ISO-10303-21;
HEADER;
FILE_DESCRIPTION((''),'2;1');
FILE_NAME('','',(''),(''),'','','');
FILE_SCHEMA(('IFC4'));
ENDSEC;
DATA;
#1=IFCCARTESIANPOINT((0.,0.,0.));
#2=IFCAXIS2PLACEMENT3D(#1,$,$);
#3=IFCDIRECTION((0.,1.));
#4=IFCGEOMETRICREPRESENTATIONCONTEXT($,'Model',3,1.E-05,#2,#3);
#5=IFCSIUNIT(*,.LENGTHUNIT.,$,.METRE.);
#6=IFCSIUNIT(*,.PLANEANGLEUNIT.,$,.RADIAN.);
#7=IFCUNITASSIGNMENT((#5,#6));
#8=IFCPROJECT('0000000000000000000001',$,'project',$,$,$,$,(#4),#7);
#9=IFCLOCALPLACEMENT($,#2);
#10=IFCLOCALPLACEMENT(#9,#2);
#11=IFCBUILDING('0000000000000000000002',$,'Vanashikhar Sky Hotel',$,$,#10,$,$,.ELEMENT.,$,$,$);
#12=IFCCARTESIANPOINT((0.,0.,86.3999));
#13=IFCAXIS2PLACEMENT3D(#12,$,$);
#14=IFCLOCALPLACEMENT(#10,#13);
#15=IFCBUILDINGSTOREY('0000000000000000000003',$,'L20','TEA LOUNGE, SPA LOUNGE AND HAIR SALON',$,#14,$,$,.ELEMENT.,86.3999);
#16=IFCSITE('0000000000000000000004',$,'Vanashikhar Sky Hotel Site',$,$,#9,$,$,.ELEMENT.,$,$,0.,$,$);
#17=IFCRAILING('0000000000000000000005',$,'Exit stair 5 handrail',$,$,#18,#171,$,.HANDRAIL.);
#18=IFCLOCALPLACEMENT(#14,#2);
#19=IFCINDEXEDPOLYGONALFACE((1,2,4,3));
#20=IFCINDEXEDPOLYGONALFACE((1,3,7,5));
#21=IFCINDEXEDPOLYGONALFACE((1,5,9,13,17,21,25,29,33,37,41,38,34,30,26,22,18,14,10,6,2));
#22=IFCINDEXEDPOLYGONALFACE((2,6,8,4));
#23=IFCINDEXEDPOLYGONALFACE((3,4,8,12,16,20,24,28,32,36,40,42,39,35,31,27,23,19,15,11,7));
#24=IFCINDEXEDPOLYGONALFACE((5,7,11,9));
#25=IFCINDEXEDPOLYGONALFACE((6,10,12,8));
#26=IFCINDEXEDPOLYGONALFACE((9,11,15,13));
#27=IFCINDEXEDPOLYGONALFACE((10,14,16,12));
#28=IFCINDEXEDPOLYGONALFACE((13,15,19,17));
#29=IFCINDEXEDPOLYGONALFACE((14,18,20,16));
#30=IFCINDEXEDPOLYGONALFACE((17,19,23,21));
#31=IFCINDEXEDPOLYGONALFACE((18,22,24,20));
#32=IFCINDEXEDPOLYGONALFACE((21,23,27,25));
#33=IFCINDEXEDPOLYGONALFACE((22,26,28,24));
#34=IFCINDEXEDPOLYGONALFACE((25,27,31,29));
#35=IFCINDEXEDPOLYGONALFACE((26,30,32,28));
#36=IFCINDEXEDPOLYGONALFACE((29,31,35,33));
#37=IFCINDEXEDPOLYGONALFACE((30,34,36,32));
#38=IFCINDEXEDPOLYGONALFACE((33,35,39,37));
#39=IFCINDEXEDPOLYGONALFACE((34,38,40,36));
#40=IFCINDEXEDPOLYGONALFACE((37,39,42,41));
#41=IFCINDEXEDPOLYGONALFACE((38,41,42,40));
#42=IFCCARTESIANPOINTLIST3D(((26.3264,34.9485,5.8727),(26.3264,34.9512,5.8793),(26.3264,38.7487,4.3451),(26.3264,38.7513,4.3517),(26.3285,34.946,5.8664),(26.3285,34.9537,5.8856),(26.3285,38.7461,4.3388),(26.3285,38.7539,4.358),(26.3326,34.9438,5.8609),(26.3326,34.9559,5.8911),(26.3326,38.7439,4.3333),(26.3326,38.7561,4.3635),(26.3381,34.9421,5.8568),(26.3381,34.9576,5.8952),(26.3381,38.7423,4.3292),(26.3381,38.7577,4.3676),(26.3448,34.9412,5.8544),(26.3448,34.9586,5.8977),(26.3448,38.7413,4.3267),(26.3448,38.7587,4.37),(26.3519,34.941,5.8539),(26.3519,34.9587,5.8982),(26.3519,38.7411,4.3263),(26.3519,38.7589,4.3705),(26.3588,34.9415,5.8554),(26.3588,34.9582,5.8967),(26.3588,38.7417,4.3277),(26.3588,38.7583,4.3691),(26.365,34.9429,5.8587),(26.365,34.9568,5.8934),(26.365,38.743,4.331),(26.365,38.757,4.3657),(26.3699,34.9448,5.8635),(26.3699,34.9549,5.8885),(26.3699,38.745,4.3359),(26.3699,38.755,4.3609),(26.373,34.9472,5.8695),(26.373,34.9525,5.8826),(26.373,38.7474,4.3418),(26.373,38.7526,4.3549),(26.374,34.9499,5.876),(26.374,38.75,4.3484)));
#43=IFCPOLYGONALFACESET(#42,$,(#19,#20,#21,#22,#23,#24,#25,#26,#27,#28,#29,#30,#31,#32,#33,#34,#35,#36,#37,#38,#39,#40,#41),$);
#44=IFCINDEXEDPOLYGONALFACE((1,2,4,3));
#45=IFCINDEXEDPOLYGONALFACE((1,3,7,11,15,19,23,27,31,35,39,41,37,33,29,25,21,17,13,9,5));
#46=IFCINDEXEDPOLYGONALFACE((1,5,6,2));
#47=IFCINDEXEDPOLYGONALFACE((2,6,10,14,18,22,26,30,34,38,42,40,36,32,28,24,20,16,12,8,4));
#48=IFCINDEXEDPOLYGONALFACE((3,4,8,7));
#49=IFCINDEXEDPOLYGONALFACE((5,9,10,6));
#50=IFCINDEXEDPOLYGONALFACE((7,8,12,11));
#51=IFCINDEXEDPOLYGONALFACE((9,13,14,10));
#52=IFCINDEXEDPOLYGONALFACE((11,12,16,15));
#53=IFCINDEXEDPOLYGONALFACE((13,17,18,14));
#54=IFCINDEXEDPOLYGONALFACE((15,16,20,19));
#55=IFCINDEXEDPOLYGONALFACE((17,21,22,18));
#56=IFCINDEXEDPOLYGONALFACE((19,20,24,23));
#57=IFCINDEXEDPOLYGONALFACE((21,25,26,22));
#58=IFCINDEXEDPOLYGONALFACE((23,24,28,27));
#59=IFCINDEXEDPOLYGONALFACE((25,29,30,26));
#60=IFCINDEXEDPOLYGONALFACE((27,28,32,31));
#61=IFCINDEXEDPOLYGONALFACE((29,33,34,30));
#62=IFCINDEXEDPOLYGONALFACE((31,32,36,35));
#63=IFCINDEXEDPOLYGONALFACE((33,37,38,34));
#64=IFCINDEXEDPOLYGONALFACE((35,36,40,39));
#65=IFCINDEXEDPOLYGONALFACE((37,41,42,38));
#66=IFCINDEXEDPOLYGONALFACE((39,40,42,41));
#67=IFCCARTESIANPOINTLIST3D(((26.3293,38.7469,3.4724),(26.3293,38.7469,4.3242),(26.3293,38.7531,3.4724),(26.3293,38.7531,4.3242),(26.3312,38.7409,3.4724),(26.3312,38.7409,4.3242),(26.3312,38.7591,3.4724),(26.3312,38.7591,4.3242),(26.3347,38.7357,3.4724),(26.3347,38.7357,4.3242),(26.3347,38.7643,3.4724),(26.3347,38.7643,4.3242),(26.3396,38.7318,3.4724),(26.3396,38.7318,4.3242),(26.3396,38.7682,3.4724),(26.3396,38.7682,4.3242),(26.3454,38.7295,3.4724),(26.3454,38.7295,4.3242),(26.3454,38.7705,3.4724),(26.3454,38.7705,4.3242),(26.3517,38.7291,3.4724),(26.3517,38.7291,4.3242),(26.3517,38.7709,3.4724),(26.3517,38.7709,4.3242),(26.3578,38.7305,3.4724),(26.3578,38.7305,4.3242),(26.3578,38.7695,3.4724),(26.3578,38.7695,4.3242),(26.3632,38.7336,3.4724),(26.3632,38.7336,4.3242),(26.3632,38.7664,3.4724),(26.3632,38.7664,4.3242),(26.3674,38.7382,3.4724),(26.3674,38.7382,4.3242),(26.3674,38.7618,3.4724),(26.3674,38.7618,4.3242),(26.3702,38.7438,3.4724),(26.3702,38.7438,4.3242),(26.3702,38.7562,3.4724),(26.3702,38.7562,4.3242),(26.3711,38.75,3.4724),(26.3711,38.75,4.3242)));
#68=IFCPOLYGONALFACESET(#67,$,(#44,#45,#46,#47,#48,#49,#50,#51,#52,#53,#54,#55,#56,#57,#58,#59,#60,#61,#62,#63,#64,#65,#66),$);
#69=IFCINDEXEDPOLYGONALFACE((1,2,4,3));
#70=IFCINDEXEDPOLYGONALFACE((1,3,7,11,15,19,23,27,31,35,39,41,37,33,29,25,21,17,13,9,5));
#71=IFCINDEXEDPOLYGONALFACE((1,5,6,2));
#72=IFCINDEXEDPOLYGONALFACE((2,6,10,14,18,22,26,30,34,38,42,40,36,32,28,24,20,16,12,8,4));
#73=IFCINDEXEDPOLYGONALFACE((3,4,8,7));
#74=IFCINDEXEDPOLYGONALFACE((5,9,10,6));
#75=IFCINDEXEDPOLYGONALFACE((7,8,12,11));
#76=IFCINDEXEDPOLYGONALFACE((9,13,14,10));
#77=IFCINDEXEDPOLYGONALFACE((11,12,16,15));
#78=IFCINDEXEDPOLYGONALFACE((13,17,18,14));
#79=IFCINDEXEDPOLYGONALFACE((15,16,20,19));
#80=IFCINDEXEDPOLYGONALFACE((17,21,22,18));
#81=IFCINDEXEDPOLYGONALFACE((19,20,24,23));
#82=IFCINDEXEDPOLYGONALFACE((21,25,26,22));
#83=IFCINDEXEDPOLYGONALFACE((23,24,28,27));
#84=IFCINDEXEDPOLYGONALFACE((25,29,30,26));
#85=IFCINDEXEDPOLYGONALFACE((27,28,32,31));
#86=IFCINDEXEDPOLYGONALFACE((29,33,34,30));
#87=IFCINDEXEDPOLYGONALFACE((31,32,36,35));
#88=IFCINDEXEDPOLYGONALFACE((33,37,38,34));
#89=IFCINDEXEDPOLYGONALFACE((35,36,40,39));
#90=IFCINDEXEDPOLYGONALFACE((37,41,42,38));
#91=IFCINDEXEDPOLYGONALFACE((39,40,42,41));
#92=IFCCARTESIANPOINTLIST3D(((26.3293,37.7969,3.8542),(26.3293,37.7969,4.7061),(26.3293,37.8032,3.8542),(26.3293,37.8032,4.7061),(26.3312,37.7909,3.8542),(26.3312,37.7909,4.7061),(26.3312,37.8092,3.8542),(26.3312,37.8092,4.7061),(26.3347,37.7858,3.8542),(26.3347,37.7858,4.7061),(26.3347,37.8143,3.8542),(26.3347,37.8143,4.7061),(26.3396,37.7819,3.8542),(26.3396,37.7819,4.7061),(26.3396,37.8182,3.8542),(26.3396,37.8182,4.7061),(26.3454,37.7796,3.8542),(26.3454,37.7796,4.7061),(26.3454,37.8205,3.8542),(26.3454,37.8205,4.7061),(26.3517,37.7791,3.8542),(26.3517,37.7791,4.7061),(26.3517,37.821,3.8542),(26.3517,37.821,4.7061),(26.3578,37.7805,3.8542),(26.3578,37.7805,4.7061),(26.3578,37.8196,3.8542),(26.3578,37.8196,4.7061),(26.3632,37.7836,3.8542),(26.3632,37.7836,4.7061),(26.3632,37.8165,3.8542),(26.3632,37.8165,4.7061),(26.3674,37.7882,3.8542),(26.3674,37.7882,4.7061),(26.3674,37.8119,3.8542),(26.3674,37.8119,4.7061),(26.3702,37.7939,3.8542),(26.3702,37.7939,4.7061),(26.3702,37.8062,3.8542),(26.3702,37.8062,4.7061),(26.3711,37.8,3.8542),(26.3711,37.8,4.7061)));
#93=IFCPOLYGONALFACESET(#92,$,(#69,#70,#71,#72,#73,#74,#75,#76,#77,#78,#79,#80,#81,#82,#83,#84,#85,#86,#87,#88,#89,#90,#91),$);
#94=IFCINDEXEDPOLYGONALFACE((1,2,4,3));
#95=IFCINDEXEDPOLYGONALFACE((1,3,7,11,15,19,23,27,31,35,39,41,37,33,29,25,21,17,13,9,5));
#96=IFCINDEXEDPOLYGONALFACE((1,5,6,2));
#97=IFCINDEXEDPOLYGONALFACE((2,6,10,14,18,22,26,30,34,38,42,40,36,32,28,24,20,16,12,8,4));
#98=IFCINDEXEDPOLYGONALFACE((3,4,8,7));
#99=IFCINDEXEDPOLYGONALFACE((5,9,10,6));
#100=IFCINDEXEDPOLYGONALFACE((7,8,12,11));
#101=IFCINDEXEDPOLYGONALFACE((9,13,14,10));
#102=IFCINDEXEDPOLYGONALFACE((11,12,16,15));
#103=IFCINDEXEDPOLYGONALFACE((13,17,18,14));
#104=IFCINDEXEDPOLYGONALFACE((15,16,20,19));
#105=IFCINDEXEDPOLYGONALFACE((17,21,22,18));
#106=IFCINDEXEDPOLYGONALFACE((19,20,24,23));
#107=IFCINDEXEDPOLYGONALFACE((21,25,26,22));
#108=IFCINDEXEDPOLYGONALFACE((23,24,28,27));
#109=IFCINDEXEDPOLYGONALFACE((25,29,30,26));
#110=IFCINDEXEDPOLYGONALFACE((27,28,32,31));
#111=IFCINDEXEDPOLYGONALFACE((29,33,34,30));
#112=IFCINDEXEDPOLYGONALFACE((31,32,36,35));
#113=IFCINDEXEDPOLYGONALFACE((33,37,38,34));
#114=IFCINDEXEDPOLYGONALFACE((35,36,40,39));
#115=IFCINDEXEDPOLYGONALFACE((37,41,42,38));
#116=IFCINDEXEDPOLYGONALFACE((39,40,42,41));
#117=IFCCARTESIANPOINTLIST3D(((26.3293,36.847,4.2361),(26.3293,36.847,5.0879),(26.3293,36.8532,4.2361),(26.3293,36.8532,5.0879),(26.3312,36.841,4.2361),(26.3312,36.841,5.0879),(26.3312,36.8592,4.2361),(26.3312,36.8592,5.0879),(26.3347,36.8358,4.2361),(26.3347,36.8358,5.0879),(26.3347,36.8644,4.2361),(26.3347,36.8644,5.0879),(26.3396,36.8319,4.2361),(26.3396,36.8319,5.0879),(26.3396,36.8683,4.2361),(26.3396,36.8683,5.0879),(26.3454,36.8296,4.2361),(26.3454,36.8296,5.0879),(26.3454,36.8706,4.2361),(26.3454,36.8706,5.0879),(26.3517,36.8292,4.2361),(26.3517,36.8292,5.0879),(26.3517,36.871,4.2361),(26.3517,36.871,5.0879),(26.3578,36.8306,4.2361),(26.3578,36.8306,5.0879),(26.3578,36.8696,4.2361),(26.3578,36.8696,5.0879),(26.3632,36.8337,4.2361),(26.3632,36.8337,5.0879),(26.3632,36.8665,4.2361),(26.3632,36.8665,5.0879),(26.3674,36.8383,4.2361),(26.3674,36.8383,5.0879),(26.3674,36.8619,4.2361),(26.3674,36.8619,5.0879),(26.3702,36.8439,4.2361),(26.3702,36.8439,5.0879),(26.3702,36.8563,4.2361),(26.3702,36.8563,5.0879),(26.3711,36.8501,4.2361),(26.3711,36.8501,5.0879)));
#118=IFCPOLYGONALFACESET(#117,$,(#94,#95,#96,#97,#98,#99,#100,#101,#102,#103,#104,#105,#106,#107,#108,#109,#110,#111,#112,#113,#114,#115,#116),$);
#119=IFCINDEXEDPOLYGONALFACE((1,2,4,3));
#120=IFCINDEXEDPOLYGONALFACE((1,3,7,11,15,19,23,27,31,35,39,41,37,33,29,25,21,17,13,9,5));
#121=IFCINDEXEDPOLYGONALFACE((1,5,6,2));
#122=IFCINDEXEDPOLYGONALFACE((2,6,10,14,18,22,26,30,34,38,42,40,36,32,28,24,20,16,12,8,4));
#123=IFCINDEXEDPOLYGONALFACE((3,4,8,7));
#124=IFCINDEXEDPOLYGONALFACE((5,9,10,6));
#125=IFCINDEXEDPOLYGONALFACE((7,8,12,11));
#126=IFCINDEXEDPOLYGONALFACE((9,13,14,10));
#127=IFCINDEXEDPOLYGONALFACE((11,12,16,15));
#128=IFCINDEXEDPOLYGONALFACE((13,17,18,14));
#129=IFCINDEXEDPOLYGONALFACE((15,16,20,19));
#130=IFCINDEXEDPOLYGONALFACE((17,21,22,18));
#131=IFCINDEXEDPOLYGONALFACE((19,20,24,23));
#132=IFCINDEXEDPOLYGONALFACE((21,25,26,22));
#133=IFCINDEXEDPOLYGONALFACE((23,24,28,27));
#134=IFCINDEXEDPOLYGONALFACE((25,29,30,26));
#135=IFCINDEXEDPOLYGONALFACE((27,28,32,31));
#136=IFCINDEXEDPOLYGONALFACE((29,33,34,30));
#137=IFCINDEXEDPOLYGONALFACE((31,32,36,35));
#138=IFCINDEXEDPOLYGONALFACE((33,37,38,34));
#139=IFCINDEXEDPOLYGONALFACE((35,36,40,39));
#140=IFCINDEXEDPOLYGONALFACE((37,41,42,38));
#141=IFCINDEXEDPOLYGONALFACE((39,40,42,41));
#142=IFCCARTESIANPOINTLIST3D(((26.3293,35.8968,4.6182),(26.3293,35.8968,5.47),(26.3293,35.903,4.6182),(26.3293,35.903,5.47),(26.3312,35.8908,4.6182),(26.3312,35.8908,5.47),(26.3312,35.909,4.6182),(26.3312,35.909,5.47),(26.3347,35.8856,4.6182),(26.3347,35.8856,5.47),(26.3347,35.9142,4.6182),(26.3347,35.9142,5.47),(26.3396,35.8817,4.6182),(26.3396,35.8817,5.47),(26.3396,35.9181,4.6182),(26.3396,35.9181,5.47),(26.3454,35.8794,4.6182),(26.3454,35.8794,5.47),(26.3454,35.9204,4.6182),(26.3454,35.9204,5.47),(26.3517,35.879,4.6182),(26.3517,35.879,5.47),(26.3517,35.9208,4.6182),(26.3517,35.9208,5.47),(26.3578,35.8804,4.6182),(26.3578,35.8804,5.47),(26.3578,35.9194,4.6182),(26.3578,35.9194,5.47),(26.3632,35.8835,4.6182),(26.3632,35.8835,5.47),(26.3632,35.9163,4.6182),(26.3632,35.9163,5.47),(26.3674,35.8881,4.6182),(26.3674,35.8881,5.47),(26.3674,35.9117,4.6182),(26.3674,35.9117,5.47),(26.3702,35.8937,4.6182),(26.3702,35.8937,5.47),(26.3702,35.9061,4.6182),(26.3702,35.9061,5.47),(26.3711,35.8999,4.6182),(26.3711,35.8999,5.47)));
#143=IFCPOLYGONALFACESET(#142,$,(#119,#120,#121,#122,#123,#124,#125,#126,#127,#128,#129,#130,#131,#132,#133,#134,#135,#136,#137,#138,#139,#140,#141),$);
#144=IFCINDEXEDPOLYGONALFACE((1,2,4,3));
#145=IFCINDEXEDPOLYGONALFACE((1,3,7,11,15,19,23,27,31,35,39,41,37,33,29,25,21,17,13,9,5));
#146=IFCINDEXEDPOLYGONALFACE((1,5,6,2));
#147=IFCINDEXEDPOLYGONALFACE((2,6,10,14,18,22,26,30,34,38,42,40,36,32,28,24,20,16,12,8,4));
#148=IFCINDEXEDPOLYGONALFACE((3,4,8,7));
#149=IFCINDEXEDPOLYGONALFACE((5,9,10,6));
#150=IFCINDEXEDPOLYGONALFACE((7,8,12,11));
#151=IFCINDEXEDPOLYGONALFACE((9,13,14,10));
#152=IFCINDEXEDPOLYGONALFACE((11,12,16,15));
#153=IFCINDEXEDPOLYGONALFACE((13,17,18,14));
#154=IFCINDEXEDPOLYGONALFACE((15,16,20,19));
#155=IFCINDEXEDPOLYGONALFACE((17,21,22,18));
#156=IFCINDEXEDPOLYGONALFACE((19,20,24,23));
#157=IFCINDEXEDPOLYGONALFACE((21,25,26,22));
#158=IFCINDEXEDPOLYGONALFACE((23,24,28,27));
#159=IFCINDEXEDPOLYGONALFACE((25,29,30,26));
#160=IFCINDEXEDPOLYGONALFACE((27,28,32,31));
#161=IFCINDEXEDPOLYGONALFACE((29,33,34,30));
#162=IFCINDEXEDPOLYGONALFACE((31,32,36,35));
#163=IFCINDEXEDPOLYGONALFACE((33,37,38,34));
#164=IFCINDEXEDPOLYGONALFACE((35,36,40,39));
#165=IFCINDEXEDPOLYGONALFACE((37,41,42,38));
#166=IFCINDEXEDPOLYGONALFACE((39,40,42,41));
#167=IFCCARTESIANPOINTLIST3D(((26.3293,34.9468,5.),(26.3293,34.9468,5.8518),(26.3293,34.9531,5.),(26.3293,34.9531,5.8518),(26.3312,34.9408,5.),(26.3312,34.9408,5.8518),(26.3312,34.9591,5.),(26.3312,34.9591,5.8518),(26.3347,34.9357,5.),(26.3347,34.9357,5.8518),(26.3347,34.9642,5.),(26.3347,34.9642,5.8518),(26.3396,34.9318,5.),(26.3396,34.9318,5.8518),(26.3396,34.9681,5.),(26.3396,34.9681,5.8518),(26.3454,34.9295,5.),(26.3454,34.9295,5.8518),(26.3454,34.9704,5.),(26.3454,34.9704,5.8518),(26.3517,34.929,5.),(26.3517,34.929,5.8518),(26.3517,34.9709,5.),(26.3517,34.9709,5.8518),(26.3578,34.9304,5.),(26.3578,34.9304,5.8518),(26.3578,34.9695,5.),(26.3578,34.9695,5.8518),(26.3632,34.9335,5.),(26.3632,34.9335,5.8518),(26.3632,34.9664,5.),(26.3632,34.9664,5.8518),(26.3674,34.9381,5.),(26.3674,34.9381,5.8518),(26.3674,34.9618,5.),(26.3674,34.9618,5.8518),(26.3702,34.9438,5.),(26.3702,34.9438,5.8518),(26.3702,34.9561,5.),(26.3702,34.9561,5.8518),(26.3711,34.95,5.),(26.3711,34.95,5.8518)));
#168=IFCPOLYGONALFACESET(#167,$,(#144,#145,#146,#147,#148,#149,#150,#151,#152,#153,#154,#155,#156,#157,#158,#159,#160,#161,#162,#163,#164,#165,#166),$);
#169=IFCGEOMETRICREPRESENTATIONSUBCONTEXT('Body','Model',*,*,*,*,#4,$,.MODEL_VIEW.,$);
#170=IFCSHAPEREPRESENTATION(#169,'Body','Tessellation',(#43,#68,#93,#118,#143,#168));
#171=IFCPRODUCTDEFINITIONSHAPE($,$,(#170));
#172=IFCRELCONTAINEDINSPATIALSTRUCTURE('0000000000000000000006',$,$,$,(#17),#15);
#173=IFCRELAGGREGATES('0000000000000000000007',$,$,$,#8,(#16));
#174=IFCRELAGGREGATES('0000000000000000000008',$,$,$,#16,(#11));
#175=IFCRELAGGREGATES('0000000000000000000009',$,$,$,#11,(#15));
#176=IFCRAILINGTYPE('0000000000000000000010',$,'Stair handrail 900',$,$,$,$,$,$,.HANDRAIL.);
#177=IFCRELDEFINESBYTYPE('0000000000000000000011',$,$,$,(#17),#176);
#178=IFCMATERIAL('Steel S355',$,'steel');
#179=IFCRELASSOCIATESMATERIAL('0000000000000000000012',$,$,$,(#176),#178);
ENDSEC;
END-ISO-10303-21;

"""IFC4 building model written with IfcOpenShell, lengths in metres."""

from ifc_helpers import new_model, si_unit, direction, frame, origin, origin_2d, place, context, subcontext, project, spatial, circle, extrude, source, transform, mapped, material, type_object, element, save


model = new_model("IFC4")

# Units and contexts
model_context = context("Model", 3, precision=1e-05, world=origin(), true_north=direction((0.0, 1.0)))
body_context = subcontext(model_context, "Body", "Model", "MODEL_VIEW")
ifc_project = project(units=[si_unit("LENGTHUNIT", "METRE"), si_unit("PLANEANGLEUNIT", "RADIAN")], contexts=[model_context])

# Site, building, storey
site_placement = place(None, origin())
site = spatial("IfcSite", under=ifc_project, at=site_placement, Name="Vanashikhar Sky Hotel Site", CompositionType="ELEMENT", RefElevation=0.0)
building_placement = place(site_placement, origin())
building = spatial("IfcBuilding", under=site, at=building_placement, Name="Vanashikhar Sky Hotel", CompositionType="ELEMENT")
storey_placement = place(building_placement, frame((0.0, 0.0, 86.3999)))
storey = spatial("IfcBuildingStorey", under=building, at=storey_placement, Name="L20", Description="TEA LOUNGE, SPA LOUNGE AND HAIR SALON", CompositionType="ELEMENT", Elevation=86.3999)

# Railing
ifc_material_1 = material(Name="Steel S355", Category="steel")
railing_type_1 = type_object("IfcRailingType", Name="Stair handrail 900", PredefinedType="HANDRAIL", material=ifc_material_1)
shared_shape_1 = source(origin(), body_context, "Body", "SweptSolid", [
    extrude(circle(Radius=0.0239, at=origin_2d()), frame((0.0, 0.0, 0.876), z_axis=(0.0, -0.927838, 0.372983), x_axis=(1.0, 0.0, 0.0)), (0.0, 0.0, 1.0), 4.0957),
    extrude(circle(Radius=0.021, at=origin_2d()), origin(), (0.0, 0.0, 1.0), 0.8518),
    extrude(circle(Radius=0.021, at=origin_2d()), frame((0.0, -0.95, 0.3818)), (0.0, 0.0, 1.0), 0.8518),
    extrude(circle(Radius=0.021, at=origin_2d()), frame((0.0, -1.8999, 0.7637)), (0.0, 0.0, 1.0), 0.8518),
    extrude(circle(Radius=0.021, at=origin_2d()), frame((0.0, -2.8501, 1.1458)), (0.0, 0.0, 1.0), 0.8518),
    extrude(circle(Radius=0.021, at=origin_2d()), frame((0.0, -3.8, 1.5276)), (0.0, 0.0, 1.0), 0.8518),
])
for number, where, name in (
    (1, (26.3501, 38.75, 3.4724), "Exit stair 5 handrail"),
):
    element("IfcRailing", number, at=place(storey_placement, frame(where)), inside=storey, type_object=railing_type_1, Name=name, PredefinedType="HANDRAIL", context=body_context, shape_type="MappedRepresentation", body=[
        mapped(shared_shape_1, transform((0.0, 0.0, 0.0), scale=1.0)),
    ])

save(model, "model.ifc")
